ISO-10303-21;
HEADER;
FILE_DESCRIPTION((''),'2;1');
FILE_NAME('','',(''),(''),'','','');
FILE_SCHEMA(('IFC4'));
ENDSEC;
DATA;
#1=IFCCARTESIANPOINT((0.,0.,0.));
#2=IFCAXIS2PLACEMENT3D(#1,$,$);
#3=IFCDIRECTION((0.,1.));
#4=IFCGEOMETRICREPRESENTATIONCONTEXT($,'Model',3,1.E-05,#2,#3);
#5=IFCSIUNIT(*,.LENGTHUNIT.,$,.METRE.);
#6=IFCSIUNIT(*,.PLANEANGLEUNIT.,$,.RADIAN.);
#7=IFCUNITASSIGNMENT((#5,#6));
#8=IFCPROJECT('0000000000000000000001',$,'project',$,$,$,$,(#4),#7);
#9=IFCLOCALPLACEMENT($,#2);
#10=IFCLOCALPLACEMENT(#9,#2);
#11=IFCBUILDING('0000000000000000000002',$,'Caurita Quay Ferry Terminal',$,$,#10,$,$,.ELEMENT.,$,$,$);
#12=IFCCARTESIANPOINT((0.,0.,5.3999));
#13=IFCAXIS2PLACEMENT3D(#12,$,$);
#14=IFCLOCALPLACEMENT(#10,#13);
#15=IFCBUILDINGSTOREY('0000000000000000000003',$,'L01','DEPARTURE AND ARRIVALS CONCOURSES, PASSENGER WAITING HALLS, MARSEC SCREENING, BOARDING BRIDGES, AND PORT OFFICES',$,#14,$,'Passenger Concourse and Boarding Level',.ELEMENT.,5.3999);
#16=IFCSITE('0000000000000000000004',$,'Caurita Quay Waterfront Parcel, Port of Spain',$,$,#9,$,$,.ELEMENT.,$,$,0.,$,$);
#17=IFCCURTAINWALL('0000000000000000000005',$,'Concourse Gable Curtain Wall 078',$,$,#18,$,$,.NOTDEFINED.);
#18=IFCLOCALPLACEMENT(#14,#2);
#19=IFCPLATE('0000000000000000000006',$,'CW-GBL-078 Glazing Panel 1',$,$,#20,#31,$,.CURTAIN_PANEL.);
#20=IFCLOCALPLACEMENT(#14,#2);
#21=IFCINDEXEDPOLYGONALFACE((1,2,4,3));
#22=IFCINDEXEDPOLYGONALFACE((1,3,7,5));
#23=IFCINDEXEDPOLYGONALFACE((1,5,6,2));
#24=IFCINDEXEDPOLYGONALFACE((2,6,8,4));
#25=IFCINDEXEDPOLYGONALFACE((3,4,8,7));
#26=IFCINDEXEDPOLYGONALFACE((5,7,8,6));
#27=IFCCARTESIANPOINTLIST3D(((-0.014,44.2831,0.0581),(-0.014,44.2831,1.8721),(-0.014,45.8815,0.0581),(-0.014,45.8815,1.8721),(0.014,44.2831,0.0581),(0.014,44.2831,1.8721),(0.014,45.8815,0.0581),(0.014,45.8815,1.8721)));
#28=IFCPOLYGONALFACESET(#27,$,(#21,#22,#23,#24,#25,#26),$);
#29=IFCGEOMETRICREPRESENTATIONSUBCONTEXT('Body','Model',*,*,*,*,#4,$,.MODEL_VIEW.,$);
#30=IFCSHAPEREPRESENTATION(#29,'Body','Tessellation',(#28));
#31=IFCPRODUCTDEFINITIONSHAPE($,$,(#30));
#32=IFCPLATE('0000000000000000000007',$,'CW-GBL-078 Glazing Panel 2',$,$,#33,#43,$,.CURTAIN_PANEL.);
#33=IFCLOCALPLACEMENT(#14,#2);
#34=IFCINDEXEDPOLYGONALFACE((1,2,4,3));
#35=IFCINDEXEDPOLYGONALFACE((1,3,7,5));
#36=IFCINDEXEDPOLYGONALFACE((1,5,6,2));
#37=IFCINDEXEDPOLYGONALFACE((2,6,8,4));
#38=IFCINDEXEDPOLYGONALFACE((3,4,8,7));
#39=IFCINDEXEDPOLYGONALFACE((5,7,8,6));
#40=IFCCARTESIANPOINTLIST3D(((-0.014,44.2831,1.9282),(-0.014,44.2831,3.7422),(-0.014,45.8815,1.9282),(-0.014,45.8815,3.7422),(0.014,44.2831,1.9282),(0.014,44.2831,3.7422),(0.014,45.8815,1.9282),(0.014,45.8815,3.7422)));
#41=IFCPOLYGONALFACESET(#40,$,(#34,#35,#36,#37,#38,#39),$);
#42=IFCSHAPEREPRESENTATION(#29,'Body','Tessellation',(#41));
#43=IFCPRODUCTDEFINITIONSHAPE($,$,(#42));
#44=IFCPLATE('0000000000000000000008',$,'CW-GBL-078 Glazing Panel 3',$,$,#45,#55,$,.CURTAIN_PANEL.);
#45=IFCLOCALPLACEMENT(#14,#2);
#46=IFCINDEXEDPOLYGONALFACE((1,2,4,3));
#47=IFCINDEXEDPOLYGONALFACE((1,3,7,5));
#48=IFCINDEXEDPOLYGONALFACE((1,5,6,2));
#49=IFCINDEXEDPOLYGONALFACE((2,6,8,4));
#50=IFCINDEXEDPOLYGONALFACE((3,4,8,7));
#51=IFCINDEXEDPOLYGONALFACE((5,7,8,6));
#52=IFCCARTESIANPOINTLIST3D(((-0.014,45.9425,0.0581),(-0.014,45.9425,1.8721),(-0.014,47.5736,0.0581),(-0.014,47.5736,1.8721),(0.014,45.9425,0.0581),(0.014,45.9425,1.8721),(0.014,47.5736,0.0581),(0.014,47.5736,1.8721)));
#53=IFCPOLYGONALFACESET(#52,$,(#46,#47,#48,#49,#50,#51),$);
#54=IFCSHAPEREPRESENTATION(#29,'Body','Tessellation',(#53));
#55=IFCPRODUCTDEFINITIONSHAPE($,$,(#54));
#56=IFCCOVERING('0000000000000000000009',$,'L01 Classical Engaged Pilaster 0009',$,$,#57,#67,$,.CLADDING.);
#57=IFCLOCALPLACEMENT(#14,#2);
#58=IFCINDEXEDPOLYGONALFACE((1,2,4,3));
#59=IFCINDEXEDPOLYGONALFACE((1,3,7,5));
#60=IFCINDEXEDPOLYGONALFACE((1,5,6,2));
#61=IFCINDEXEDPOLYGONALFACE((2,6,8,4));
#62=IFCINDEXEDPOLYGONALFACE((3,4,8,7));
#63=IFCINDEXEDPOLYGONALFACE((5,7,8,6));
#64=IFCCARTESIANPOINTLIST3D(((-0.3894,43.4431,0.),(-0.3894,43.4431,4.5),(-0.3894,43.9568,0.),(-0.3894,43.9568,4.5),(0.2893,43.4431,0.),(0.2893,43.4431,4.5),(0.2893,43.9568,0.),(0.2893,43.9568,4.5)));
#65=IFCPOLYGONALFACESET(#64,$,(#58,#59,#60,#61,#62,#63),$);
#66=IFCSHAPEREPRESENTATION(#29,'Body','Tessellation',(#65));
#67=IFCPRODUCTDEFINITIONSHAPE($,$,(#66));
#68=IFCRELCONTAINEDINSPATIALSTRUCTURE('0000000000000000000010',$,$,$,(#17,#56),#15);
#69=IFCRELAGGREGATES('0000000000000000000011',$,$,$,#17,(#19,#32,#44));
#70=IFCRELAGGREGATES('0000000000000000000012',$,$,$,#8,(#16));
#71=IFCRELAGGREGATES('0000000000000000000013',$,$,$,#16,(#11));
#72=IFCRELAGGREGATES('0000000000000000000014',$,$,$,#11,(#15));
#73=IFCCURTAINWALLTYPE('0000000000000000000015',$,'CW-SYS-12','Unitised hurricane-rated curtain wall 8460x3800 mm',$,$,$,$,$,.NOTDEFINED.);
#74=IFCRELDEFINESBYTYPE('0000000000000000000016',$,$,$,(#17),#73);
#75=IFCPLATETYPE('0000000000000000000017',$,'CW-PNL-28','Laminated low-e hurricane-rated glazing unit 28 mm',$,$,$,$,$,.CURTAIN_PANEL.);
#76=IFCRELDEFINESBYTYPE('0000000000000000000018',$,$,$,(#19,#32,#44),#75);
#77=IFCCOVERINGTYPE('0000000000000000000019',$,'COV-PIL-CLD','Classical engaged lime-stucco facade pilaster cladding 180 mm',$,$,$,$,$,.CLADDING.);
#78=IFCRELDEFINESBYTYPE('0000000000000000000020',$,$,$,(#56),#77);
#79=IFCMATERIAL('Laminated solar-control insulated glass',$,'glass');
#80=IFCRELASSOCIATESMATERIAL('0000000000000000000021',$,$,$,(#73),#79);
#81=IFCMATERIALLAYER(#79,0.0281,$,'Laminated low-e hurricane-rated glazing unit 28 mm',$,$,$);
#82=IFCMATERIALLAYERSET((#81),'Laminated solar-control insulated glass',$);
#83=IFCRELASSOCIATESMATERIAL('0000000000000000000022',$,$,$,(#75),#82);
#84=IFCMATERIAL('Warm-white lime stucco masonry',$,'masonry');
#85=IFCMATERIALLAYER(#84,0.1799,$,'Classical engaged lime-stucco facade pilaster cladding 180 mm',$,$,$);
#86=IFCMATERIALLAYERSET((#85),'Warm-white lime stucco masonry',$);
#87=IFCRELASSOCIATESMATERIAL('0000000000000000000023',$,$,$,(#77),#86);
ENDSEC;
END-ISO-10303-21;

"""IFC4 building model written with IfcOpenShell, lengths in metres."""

from ifc_helpers import new_model, si_unit, direction, frame, origin, origin_2d, place, context, subcontext, project, spatial, rectangle, extrude, material, layer, layer_set, type_object, element, aggregate, save


model = new_model("IFC4")

# Units and contexts
model_context = context("Model", 3, precision=1e-05, world=origin(), true_north=direction((0.0, 1.0)))
body_context = subcontext(model_context, "Body", "Model", "MODEL_VIEW")
ifc_project = project(units=[si_unit("LENGTHUNIT", "METRE"), si_unit("PLANEANGLEUNIT", "RADIAN")], contexts=[model_context])

# Site, building, storey
site_placement = place(None, origin())
site = spatial("IfcSite", under=ifc_project, at=site_placement, Name="Caurita Quay Waterfront Parcel, Port of Spain", CompositionType="ELEMENT", RefElevation=0.0)
building_placement = place(site_placement, origin())
building = spatial("IfcBuilding", under=site, at=building_placement, Name="Caurita Quay Ferry Terminal", CompositionType="ELEMENT")
storey_placement = place(building_placement, frame((0.0, 0.0, 5.3999)))
storey = spatial("IfcBuildingStorey", under=building, at=storey_placement, Name="L01", Description="DEPARTURE AND ARRIVALS CONCOURSES, PASSENGER WAITING HALLS, MARSEC SCREENING, BOARDING BRIDGES, AND PORT OFFICES", LongName="Passenger Concourse and Boarding Level", CompositionType="ELEMENT", Elevation=5.3999)

# Curtain wall
ifc_material_1 = material(Name="Laminated solar-control insulated glass", Category="glass")
curtain_wall_type_1 = type_object("IfcCurtainWallType", Name="CW-SYS-12", Description="Unitised hurricane-rated curtain wall 8460x3800 mm", PredefinedType="NOTDEFINED", material=ifc_material_1)
curtain_wall_1_placement = place(storey_placement, origin())
curtain_wall_1 = element("IfcCurtainWall", 1, at=curtain_wall_1_placement, inside=storey, type_object=curtain_wall_type_1, Name="Concourse Gable Curtain Wall 078", PredefinedType="NOTDEFINED")

# Plates
ifc_layer_1 = layer(ifc_material_1, 0.0281, Name="Laminated low-e hurricane-rated glazing unit 28 mm")
ifc_layer_set_1 = layer_set([ifc_layer_1], Name="Laminated solar-control insulated glass")
plate_type = type_object("IfcPlateType", Name="CW-PNL-28", Description="Laminated low-e hurricane-rated glazing unit 28 mm", PredefinedType="CURTAIN_PANEL", material=ifc_layer_set_1)
plate_1_placement = place(storey_placement, frame((0.0, 45.0823, 0.0581), z_axis=(0.0, 0.0, 1.0), x_axis=(0.0, 1.0, 0.0)))
plate_1 = element("IfcPlate", 2, at=plate_1_placement, type_object=plate_type, Name="CW-GBL-078 Glazing Panel 1", PredefinedType="CURTAIN_PANEL", context=body_context, shape_type="SweptSolid", body=[
    extrude(rectangle(XDim=1.5984, YDim=0.0281, at=origin_2d()), origin(), (0.0, 0.0, 1.0), 1.814),
])
plate_2_placement = place(storey_placement, frame((0.0, 45.0823, 1.9282), z_axis=(0.0, 0.0, 1.0), x_axis=(0.0, 1.0, 0.0)))
plate_2 = element("IfcPlate", 3, at=plate_2_placement, type_object=plate_type, Name="CW-GBL-078 Glazing Panel 2", PredefinedType="CURTAIN_PANEL", context=body_context, shape_type="SweptSolid", body=[
    extrude(rectangle(XDim=1.5984, YDim=0.0281, at=origin_2d()), origin(), (0.0, 0.0, 1.0), 1.814),
])
plate_3_placement = place(storey_placement, frame((0.0, 46.7581, 0.0581), z_axis=(0.0, 0.0, 1.0), x_axis=(0.0, 1.0, 0.0)))
plate_3 = element("IfcPlate", 4, at=plate_3_placement, type_object=plate_type, Name="CW-GBL-078 Glazing Panel 3", PredefinedType="CURTAIN_PANEL", context=body_context, shape_type="SweptSolid", body=[
    extrude(rectangle(XDim=1.6311, YDim=0.0281, at=origin_2d()), origin(), (0.0, 0.0, 1.0), 1.814),
])
aggregate(curtain_wall_1, [plate_1, plate_2, plate_3])

# Covering
ifc_material_2 = material(Name="Warm-white lime stucco masonry", Category="masonry")
ifc_layer_2 = layer(ifc_material_2, 0.1799, Name="Classical engaged lime-stucco facade pilaster cladding 180 mm")
ifc_layer_set_2 = layer_set([ifc_layer_2], Name="Warm-white lime stucco masonry")
covering_type = type_object("IfcCoveringType", Name="COV-PIL-CLD", Description="Classical engaged lime-stucco facade pilaster cladding 180 mm", PredefinedType="CLADDING", material=ifc_layer_set_2)
covering_placement = place(storey_placement, frame((-0.05, 43.7, 0.0), z_axis=(0.0, 0.0, 1.0), x_axis=(1.0, 0.0, 0.0)))
element("IfcCovering", 5, at=covering_placement, inside=storey, type_object=covering_type, Name="L01 Classical Engaged Pilaster 0009", PredefinedType="CLADDING", context=body_context, shape_type="SweptSolid", body=[
    extrude(rectangle(XDim=0.6787, YDim=0.5137, at=origin_2d()), origin(), (0.0, 0.0, 1.0), 4.5),
])

save(model, "model.ifc")
